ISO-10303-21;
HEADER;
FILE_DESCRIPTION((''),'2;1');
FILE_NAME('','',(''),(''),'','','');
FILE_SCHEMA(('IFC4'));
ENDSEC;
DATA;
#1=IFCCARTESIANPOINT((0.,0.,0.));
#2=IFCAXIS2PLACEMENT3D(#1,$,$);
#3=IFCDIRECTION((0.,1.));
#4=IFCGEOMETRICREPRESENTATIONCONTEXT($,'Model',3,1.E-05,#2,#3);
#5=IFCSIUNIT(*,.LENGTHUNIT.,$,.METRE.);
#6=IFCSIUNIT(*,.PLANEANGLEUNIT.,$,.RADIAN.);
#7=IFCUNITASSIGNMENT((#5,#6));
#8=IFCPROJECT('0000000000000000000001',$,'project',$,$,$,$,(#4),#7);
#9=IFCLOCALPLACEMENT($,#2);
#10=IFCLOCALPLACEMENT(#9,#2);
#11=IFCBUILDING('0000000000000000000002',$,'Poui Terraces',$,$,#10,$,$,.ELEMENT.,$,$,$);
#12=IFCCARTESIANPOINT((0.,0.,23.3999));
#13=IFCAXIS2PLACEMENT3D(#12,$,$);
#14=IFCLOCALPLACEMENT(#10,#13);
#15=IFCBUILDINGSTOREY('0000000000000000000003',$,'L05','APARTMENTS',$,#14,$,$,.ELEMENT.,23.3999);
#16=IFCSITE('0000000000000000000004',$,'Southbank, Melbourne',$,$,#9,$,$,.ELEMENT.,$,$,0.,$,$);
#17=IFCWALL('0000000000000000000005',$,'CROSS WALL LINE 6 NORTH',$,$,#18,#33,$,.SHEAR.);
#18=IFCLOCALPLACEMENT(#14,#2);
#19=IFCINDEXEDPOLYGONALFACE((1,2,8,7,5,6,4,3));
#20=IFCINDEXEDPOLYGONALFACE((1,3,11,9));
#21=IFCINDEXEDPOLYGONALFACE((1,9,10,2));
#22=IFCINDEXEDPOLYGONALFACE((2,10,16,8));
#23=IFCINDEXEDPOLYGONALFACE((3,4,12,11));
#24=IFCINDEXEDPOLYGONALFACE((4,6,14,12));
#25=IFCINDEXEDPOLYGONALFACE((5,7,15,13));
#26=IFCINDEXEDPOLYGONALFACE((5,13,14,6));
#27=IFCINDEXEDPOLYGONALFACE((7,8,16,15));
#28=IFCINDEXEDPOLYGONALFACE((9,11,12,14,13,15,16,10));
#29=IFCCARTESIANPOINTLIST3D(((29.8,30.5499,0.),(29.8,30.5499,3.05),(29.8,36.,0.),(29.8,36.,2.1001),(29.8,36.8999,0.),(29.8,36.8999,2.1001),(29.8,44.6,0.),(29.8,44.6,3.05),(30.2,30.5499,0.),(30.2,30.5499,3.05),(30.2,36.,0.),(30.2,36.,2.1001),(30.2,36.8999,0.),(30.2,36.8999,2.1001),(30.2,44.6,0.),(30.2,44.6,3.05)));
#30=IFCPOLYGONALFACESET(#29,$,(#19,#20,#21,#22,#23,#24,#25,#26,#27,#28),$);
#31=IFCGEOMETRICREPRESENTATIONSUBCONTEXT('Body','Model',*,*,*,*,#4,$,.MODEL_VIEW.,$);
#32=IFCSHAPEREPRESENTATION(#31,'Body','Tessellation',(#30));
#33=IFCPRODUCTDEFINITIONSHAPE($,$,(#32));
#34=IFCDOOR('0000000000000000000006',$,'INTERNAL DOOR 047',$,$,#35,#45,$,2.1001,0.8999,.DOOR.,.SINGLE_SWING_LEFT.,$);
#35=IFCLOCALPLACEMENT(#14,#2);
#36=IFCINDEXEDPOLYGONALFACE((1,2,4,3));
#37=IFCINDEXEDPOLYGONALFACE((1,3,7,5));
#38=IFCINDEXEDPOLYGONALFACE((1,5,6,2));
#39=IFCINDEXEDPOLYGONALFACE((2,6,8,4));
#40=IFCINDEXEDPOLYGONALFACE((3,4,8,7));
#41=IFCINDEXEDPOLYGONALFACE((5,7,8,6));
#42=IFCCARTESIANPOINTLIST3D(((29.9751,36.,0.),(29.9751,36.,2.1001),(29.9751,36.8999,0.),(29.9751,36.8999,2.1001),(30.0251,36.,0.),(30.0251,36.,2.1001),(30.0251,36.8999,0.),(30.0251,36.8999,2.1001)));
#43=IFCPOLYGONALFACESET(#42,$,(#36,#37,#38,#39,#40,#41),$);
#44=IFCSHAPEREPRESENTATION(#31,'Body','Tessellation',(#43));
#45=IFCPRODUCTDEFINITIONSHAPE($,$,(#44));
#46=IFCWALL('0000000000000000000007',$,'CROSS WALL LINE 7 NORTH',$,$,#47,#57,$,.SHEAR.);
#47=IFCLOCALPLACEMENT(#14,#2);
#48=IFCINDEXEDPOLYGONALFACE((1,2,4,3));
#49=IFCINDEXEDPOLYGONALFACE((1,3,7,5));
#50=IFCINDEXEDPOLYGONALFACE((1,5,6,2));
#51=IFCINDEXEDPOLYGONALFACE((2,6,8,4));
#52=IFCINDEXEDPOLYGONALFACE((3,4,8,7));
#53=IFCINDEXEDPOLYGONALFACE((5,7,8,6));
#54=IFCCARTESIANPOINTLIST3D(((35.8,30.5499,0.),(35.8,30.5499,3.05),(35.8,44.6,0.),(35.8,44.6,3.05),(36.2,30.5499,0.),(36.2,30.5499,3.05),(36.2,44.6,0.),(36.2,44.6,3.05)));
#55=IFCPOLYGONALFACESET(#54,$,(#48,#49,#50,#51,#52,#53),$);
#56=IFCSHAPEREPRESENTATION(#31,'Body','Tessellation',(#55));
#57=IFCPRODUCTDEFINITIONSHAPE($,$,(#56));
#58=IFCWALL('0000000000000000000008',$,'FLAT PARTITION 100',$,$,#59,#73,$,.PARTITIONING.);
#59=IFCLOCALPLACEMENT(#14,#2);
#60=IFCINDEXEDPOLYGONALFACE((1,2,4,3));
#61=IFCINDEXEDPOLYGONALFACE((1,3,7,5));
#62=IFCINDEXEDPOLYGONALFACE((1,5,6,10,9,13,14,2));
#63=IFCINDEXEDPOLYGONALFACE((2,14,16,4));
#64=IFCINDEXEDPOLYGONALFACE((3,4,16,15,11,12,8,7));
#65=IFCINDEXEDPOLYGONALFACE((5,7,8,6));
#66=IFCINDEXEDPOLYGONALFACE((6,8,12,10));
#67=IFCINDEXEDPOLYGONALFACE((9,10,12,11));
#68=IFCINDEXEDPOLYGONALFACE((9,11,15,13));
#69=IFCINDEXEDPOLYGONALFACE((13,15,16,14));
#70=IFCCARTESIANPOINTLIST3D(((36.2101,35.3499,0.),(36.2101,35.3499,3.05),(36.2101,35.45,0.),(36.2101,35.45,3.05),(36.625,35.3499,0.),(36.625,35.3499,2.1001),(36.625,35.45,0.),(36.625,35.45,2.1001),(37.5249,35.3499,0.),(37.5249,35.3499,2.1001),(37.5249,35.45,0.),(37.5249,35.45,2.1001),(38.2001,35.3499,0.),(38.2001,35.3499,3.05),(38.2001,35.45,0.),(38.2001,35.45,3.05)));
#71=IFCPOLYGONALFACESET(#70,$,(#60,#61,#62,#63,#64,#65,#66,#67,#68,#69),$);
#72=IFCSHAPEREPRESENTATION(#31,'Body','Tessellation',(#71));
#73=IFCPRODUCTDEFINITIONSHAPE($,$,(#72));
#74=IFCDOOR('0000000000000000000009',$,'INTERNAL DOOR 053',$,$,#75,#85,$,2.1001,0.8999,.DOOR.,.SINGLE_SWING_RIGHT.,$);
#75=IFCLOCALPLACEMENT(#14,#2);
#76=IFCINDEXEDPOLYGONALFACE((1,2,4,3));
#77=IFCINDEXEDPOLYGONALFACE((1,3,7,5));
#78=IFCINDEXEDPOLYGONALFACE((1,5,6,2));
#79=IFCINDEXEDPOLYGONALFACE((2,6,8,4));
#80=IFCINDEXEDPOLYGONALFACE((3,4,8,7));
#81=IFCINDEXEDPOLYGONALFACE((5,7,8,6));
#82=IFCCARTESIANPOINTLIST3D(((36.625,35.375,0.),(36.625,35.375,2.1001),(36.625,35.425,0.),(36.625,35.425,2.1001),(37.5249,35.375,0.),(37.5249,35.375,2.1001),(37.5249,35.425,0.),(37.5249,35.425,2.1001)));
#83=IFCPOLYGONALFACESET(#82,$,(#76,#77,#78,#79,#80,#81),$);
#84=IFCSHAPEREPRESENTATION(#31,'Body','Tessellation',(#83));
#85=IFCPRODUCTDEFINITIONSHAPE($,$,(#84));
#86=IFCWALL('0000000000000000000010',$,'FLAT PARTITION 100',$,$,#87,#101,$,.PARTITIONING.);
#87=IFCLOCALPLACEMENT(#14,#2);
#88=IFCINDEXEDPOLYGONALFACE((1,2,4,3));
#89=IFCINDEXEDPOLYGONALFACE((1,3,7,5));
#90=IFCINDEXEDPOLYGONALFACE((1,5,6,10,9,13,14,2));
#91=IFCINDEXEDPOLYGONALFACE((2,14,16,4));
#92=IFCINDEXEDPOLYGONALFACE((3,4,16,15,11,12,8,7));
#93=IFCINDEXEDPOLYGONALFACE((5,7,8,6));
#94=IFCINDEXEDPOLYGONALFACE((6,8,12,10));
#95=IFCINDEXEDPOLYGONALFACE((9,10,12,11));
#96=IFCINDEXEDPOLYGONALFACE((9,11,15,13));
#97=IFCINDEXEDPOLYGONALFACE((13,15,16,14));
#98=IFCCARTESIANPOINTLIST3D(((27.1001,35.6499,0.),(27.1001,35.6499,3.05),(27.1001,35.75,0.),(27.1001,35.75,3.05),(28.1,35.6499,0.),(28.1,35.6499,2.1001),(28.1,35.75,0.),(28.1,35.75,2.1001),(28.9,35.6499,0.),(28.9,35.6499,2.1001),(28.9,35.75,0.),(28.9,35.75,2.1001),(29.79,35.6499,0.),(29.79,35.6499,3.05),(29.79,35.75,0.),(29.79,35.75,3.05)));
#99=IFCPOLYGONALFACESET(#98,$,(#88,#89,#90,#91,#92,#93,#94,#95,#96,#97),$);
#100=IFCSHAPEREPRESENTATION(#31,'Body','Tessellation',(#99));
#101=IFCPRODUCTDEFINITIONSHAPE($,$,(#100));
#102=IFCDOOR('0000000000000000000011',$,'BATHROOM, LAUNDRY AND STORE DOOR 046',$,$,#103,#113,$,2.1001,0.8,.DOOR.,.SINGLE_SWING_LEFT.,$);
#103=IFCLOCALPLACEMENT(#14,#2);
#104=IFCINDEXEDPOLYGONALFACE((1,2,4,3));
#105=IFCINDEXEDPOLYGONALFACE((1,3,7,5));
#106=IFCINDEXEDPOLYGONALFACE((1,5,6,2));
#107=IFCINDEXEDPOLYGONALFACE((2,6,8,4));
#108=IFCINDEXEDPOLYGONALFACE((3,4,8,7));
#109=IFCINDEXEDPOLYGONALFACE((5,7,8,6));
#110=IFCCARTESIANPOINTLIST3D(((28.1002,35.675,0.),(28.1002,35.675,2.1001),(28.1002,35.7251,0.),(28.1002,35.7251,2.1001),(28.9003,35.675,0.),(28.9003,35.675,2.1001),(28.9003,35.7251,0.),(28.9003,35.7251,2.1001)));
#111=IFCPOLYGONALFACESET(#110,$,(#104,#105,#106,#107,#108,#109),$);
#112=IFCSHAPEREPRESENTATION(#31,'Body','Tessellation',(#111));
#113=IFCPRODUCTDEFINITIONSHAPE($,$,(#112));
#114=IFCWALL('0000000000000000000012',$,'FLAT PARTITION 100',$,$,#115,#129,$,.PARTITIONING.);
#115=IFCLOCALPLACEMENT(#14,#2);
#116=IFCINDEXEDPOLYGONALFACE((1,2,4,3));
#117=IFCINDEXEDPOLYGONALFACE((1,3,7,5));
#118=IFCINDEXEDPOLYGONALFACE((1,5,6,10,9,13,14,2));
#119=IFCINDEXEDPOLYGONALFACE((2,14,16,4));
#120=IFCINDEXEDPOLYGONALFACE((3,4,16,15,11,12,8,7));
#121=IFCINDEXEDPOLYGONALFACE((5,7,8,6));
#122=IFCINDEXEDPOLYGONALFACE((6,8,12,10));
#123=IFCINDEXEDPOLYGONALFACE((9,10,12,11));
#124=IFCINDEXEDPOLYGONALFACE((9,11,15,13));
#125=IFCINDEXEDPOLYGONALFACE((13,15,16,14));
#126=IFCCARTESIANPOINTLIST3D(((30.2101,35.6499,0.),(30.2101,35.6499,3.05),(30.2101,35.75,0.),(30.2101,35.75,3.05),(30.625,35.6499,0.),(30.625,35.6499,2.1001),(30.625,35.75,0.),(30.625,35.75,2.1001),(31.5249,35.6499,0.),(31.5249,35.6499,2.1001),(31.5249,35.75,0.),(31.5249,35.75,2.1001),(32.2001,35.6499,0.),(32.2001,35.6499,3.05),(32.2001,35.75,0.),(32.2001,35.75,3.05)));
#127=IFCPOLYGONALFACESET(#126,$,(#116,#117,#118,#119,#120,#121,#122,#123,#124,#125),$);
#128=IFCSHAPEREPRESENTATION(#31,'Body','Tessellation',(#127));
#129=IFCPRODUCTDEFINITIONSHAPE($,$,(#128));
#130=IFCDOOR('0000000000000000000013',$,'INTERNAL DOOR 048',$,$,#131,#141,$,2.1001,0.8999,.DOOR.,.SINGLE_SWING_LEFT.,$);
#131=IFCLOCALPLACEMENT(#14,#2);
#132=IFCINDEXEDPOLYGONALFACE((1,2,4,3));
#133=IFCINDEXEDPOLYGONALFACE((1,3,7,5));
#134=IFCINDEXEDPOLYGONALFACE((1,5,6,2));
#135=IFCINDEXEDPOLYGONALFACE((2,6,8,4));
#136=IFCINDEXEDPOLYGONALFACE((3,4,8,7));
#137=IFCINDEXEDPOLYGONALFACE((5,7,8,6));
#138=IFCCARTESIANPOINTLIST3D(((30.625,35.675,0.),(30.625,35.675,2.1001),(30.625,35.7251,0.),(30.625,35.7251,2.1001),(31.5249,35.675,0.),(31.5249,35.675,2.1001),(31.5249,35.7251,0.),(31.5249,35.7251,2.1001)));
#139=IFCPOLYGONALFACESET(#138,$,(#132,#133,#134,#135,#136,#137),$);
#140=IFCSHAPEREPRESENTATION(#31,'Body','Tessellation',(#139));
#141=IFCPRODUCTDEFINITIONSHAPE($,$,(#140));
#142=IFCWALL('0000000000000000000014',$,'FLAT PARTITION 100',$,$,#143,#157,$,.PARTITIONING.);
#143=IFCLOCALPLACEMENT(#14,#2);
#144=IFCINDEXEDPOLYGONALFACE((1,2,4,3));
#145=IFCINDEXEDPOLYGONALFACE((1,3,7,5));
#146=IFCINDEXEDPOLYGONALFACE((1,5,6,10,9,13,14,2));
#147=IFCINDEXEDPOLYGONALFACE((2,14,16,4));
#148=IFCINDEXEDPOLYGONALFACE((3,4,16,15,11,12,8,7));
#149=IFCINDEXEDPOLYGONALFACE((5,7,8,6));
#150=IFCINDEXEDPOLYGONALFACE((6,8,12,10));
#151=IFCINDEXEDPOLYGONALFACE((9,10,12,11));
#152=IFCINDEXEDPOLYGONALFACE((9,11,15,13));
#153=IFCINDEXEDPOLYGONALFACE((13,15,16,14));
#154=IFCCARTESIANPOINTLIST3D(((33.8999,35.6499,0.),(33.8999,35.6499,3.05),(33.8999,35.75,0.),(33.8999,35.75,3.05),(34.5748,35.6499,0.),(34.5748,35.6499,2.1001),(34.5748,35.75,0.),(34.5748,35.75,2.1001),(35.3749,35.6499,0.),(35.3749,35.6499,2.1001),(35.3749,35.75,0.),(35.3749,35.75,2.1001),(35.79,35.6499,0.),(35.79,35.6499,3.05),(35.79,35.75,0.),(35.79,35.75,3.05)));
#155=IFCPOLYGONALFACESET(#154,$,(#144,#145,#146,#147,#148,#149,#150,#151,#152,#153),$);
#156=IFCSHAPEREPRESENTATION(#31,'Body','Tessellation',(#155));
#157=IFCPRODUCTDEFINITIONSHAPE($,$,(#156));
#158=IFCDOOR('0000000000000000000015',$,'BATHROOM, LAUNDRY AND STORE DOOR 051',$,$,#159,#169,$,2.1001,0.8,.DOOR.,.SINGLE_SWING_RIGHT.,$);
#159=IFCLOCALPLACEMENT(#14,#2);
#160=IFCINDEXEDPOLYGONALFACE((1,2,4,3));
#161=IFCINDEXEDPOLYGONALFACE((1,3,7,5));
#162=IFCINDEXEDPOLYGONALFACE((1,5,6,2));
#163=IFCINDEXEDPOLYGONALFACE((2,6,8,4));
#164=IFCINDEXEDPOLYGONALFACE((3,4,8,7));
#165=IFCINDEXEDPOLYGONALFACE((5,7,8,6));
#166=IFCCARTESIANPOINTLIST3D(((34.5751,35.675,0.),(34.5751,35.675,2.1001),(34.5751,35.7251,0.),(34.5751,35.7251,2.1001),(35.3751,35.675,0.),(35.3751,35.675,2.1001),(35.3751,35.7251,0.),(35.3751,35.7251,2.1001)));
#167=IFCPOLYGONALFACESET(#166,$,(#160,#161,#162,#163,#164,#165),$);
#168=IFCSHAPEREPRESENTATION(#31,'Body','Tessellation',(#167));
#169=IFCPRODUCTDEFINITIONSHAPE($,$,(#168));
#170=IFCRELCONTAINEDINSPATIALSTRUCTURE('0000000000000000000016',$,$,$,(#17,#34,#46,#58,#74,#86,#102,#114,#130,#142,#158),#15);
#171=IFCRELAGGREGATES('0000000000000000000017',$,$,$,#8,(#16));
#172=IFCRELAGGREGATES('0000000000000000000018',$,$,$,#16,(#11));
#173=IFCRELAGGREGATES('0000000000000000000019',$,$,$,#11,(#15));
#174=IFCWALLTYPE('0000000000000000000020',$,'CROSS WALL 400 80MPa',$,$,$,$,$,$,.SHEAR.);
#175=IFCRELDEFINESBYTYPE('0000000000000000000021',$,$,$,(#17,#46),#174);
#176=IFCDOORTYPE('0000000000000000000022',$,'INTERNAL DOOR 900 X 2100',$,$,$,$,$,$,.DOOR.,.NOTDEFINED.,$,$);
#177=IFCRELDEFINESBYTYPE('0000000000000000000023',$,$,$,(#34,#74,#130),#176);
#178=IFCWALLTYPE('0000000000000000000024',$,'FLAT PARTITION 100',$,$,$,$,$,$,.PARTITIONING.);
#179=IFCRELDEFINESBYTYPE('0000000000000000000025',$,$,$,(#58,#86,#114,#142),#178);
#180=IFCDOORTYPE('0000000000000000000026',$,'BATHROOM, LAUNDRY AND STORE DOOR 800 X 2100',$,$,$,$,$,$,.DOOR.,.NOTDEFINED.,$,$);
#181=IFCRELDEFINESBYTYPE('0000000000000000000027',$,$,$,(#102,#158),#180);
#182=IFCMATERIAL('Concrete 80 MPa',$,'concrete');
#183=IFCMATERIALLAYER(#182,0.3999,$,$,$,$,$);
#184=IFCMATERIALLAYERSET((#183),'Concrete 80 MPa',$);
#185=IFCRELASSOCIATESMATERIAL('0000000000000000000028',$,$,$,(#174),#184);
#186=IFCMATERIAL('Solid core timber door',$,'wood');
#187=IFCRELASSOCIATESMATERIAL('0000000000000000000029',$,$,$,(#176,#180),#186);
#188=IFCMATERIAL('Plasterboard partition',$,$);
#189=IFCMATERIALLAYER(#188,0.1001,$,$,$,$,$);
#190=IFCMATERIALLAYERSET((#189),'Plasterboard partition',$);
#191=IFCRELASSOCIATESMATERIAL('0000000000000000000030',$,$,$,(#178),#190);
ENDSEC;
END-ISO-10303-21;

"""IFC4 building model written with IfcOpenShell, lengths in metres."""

from ifc_helpers import new_model, si_unit, direction, frame, frame_2d, origin, place, context, subcontext, project, spatial, rectangle, extrude, material, layer, layer_set, type_object, element, fill, save


model = new_model("IFC4")

# Units and contexts
model_context = context("Model", 3, precision=1e-05, world=origin(), true_north=direction((0.0, 1.0)))
body_context = subcontext(model_context, "Body", "Model", "MODEL_VIEW")
ifc_project = project(units=[si_unit("LENGTHUNIT", "METRE"), si_unit("PLANEANGLEUNIT", "RADIAN")], contexts=[model_context])

# Site, building, storey
site_placement = place(None, origin())
site = spatial("IfcSite", under=ifc_project, at=site_placement, Name="Southbank, Melbourne", CompositionType="ELEMENT", RefElevation=0.0)
building_placement = place(site_placement, origin())
building = spatial("IfcBuilding", under=site, at=building_placement, Name="Poui Terraces", CompositionType="ELEMENT")
storey_placement = place(building_placement, frame((0.0, 0.0, 23.3999)))
storey = spatial("IfcBuildingStorey", under=building, at=storey_placement, Name="L05", Description="APARTMENTS", CompositionType="ELEMENT", Elevation=23.3999)

# Wall, opening, door
ifc_material_1 = material(Name="Concrete 80 MPa", Category="concrete")
ifc_layer_1 = layer(ifc_material_1, 0.3999)
ifc_layer_set_1 = layer_set([ifc_layer_1], Name="Concrete 80 MPa")
wall_type_1 = type_object("IfcWallType", Name="CROSS WALL 400 80MPa", PredefinedType="SHEAR", material=ifc_layer_set_1)
wall_1_placement = place(storey_placement, frame((30.0, 30.55, 0.0), z_axis=(0.0, 0.0, 1.0), x_axis=(0.0, 1.0, 0.0)))
wall_1 = element("IfcWall", 1, at=wall_1_placement, inside=storey, type_object=wall_type_1, Name="CROSS WALL LINE 6 NORTH", PredefinedType="SHEAR", context=body_context, shape_type="SweptSolid", body=[
    extrude(rectangle(XDim=14.05, YDim=0.3999, at=frame_2d((7.0249, 0.0))), origin(), (0.0, 0.0, 1.0), 3.05),
])
opening_1_placement = place(wall_1_placement, frame((5.45, 0.0, 0.0)))
opening_1 = element("IfcOpeningElement", 2, at=opening_1_placement, cuts=wall_1, PredefinedType="OPENING", context=body_context, shape_type="SweptSolid", body=[
    extrude(rectangle(XDim=0.8999, YDim=2.1001, at=frame_2d((0.45, 1.05))), frame((0.0, 0.21, 0.0), z_axis=(0.0, -1.0, 0.0), x_axis=(1.0, 0.0, 0.0)), (0.0, 0.0, 1.0), 0.4199),
])
ifc_material_2 = material(Name="Solid core timber door", Category="wood")
door_type_1 = type_object("IfcDoorType", Name="INTERNAL DOOR 900 X 2100", OperationType="NOTDEFINED", PredefinedType="DOOR", material=ifc_material_2)
door_1_placement = place(opening_1_placement, origin())
door_1 = element("IfcDoor", 3, at=door_1_placement, inside=storey, type_object=door_type_1, Name="INTERNAL DOOR 047", OperationType="SINGLE_SWING_LEFT", OverallHeight=2.1001, OverallWidth=0.8999, PredefinedType="DOOR", context=body_context, shape_type="SweptSolid", body=[
    extrude(rectangle(XDim=0.8999, YDim=2.1001, at=frame_2d((0.45, 1.05))), frame((0.0, 0.0249, 0.0), z_axis=(0.0, -1.0, 0.0), x_axis=(1.0, 0.0, 0.0)), (0.0, 0.0, 1.0), 0.05),
])
fill(opening_1, door_1)

# Wall
wall_2_placement = place(storey_placement, frame((36.0, 30.55, 0.0), z_axis=(0.0, 0.0, 1.0), x_axis=(0.0, 1.0, 0.0)))
element("IfcWall", 4, at=wall_2_placement, inside=storey, type_object=wall_type_1, Name="CROSS WALL LINE 7 NORTH", PredefinedType="SHEAR", context=body_context, shape_type="SweptSolid", body=[
    extrude(rectangle(XDim=14.05, YDim=0.3999, at=frame_2d((7.0249, 0.0))), origin(), (0.0, 0.0, 1.0), 3.05),
])

# Walls, openings, doors
ifc_material_3 = material(Name="Plasterboard partition")
ifc_layer_2 = layer(ifc_material_3, 0.1001)
ifc_layer_set_2 = layer_set([ifc_layer_2], Name="Plasterboard partition")
wall_type_2 = type_object("IfcWallType", Name="FLAT PARTITION 100", PredefinedType="PARTITIONING", material=ifc_layer_set_2)
wall_3_placement = place(storey_placement, frame((36.21, 35.3999, 0.0), z_axis=(0.0, 0.0, 1.0), x_axis=(1.0, 0.0, 0.0)))
wall_3 = element("IfcWall", 5, at=wall_3_placement, inside=storey, type_object=wall_type_2, Name="FLAT PARTITION 100", PredefinedType="PARTITIONING", context=body_context, shape_type="SweptSolid", body=[
    extrude(rectangle(XDim=1.99, YDim=0.1001, at=frame_2d((0.9951, 0.0))), origin(), (0.0, 0.0, 1.0), 3.05),
])
opening_2_placement = place(wall_3_placement, frame((0.415, 0.0, 0.0)))
opening_2 = element("IfcOpeningElement", 6, at=opening_2_placement, cuts=wall_3, PredefinedType="OPENING", context=body_context, shape_type="SweptSolid", body=[
    extrude(rectangle(XDim=0.8999, YDim=2.1001, at=frame_2d((0.45, 1.05))), frame((0.0, 0.0601, 0.0), z_axis=(0.0, -1.0, 0.0), x_axis=(1.0, 0.0, 0.0)), (0.0, 0.0, 1.0), 0.1201),
])
door_2_placement = place(opening_2_placement, frame((0.8999, 0.0, 0.0), z_axis=(0.0, 0.0, 1.0), x_axis=(-1.0, 0.0, 0.0)))
door_2 = element("IfcDoor", 7, at=door_2_placement, inside=storey, type_object=door_type_1, Name="INTERNAL DOOR 053", OperationType="SINGLE_SWING_RIGHT", OverallHeight=2.1001, OverallWidth=0.8999, PredefinedType="DOOR", context=body_context, shape_type="SweptSolid", body=[
    extrude(rectangle(XDim=0.8999, YDim=2.1001, at=frame_2d((0.45, 1.05))), frame((0.0, 0.0249, 0.0), z_axis=(0.0, -1.0, 0.0), x_axis=(1.0, 0.0, 0.0)), (0.0, 0.0, 1.0), 0.05),
])
fill(opening_2, door_2)
wall_4_placement = place(storey_placement, frame((27.1001, 35.7, 0.0), z_axis=(0.0, 0.0, 1.0), x_axis=(1.0, 0.0, 0.0)))
wall_4 = element("IfcWall", 8, at=wall_4_placement, inside=storey, type_object=wall_type_2, Name="FLAT PARTITION 100", PredefinedType="PARTITIONING", context=body_context, shape_type="SweptSolid", body=[
    extrude(rectangle(XDim=2.6899, YDim=0.1001, at=frame_2d((1.345, 0.0))), origin(), (0.0, 0.0, 1.0), 3.05),
])
opening_3_placement = place(wall_4_placement, frame((1.0, 0.0, 0.0)))
opening_3 = element("IfcOpeningElement", 9, at=opening_3_placement, cuts=wall_4, PredefinedType="OPENING", context=body_context, shape_type="SweptSolid", body=[
    extrude(rectangle(XDim=0.8, YDim=2.1001, at=frame_2d((0.3999, 1.05))), frame((0.0, 0.0601, 0.0), z_axis=(0.0, -1.0, 0.0), x_axis=(1.0, 0.0, 0.0)), (0.0, 0.0, 1.0), 0.1201),
])
door_type_2 = type_object("IfcDoorType", Name="BATHROOM, LAUNDRY AND STORE DOOR 800 X 2100", OperationType="NOTDEFINED", PredefinedType="DOOR", material=ifc_material_2)
door_3_placement = place(opening_3_placement, frame((0.8, 0.0, 0.0), z_axis=(0.0, 0.0, 1.0), x_axis=(-1.0, 0.0, 0.0)))
door_3 = element("IfcDoor", 10, at=door_3_placement, inside=storey, type_object=door_type_2, Name="BATHROOM, LAUNDRY AND STORE DOOR 046", OperationType="SINGLE_SWING_LEFT", OverallHeight=2.1001, OverallWidth=0.8, PredefinedType="DOOR", context=body_context, shape_type="SweptSolid", body=[
    extrude(rectangle(XDim=0.8, YDim=2.1001, at=frame_2d((0.3999, 1.05))), frame((0.0, 0.0249, 0.0), z_axis=(0.0, -1.0, 0.0), x_axis=(1.0, 0.0, 0.0)), (0.0, 0.0, 1.0), 0.05),
])
fill(opening_3, door_3)
wall_5_placement = place(storey_placement, frame((30.21, 35.7, 0.0), z_axis=(0.0, 0.0, 1.0), x_axis=(1.0, 0.0, 0.0)))
wall_5 = element("IfcWall", 11, at=wall_5_placement, inside=storey, type_object=wall_type_2, Name="FLAT PARTITION 100", PredefinedType="PARTITIONING", context=body_context, shape_type="SweptSolid", body=[
    extrude(rectangle(XDim=1.99, YDim=0.1001, at=frame_2d((0.9951, 0.0))), origin(), (0.0, 0.0, 1.0), 3.05),
])
opening_4_placement = place(wall_5_placement, frame((0.415, 0.0, 0.0)))
opening_4 = element("IfcOpeningElement", 12, at=opening_4_placement, cuts=wall_5, PredefinedType="OPENING", context=body_context, shape_type="SweptSolid", body=[
    extrude(rectangle(XDim=0.8999, YDim=2.1001, at=frame_2d((0.45, 1.05))), frame((0.0, 0.0601, 0.0), z_axis=(0.0, -1.0, 0.0), x_axis=(1.0, 0.0, 0.0)), (0.0, 0.0, 1.0), 0.1201),
])
door_4_placement = place(opening_4_placement, frame((0.8999, 0.0, 0.0), z_axis=(0.0, 0.0, 1.0), x_axis=(-1.0, 0.0, 0.0)))
door_4 = element("IfcDoor", 13, at=door_4_placement, inside=storey, type_object=door_type_1, Name="INTERNAL DOOR 048", OperationType="SINGLE_SWING_LEFT", OverallHeight=2.1001, OverallWidth=0.8999, PredefinedType="DOOR", context=body_context, shape_type="SweptSolid", body=[
    extrude(rectangle(XDim=0.8999, YDim=2.1001, at=frame_2d((0.45, 1.05))), frame((0.0, 0.0249, 0.0), z_axis=(0.0, -1.0, 0.0), x_axis=(1.0, 0.0, 0.0)), (0.0, 0.0, 1.0), 0.05),
])
fill(opening_4, door_4)
wall_6_placement = place(storey_placement, frame((33.8999, 35.7, 0.0), z_axis=(0.0, 0.0, 1.0), x_axis=(1.0, 0.0, 0.0)))
wall_6 = element("IfcWall", 14, at=wall_6_placement, inside=storey, type_object=wall_type_2, Name="FLAT PARTITION 100", PredefinedType="PARTITIONING", context=body_context, shape_type="SweptSolid", body=[
    extrude(rectangle(XDim=1.8901, YDim=0.1001, at=frame_2d((0.9451, 0.0))), origin(), (0.0, 0.0, 1.0), 3.05),
])
opening_5_placement = place(wall_6_placement, frame((0.675, 0.0, 0.0)))
opening_5 = element("IfcOpeningElement", 15, at=opening_5_placement, cuts=wall_6, PredefinedType="OPENING", context=body_context, shape_type="SweptSolid", body=[
    extrude(rectangle(XDim=0.8, YDim=2.1001, at=frame_2d((0.3999, 1.05))), frame((0.0, 0.0601, 0.0), z_axis=(0.0, -1.0, 0.0), x_axis=(1.0, 0.0, 0.0)), (0.0, 0.0, 1.0), 0.1201),
])
door_5_placement = place(opening_5_placement, frame((0.8, 0.0, 0.0), z_axis=(0.0, 0.0, 1.0), x_axis=(-1.0, 0.0, 0.0)))
door_5 = element("IfcDoor", 16, at=door_5_placement, inside=storey, type_object=door_type_2, Name="BATHROOM, LAUNDRY AND STORE DOOR 051", OperationType="SINGLE_SWING_RIGHT", OverallHeight=2.1001, OverallWidth=0.8, PredefinedType="DOOR", context=body_context, shape_type="SweptSolid", body=[
    extrude(rectangle(XDim=0.8, YDim=2.1001, at=frame_2d((0.3999, 1.05))), frame((0.0, 0.0249, 0.0), z_axis=(0.0, -1.0, 0.0), x_axis=(1.0, 0.0, 0.0)), (0.0, 0.0, 1.0), 0.05),
])
fill(opening_5, door_5)

save(model, "model.ifc")
